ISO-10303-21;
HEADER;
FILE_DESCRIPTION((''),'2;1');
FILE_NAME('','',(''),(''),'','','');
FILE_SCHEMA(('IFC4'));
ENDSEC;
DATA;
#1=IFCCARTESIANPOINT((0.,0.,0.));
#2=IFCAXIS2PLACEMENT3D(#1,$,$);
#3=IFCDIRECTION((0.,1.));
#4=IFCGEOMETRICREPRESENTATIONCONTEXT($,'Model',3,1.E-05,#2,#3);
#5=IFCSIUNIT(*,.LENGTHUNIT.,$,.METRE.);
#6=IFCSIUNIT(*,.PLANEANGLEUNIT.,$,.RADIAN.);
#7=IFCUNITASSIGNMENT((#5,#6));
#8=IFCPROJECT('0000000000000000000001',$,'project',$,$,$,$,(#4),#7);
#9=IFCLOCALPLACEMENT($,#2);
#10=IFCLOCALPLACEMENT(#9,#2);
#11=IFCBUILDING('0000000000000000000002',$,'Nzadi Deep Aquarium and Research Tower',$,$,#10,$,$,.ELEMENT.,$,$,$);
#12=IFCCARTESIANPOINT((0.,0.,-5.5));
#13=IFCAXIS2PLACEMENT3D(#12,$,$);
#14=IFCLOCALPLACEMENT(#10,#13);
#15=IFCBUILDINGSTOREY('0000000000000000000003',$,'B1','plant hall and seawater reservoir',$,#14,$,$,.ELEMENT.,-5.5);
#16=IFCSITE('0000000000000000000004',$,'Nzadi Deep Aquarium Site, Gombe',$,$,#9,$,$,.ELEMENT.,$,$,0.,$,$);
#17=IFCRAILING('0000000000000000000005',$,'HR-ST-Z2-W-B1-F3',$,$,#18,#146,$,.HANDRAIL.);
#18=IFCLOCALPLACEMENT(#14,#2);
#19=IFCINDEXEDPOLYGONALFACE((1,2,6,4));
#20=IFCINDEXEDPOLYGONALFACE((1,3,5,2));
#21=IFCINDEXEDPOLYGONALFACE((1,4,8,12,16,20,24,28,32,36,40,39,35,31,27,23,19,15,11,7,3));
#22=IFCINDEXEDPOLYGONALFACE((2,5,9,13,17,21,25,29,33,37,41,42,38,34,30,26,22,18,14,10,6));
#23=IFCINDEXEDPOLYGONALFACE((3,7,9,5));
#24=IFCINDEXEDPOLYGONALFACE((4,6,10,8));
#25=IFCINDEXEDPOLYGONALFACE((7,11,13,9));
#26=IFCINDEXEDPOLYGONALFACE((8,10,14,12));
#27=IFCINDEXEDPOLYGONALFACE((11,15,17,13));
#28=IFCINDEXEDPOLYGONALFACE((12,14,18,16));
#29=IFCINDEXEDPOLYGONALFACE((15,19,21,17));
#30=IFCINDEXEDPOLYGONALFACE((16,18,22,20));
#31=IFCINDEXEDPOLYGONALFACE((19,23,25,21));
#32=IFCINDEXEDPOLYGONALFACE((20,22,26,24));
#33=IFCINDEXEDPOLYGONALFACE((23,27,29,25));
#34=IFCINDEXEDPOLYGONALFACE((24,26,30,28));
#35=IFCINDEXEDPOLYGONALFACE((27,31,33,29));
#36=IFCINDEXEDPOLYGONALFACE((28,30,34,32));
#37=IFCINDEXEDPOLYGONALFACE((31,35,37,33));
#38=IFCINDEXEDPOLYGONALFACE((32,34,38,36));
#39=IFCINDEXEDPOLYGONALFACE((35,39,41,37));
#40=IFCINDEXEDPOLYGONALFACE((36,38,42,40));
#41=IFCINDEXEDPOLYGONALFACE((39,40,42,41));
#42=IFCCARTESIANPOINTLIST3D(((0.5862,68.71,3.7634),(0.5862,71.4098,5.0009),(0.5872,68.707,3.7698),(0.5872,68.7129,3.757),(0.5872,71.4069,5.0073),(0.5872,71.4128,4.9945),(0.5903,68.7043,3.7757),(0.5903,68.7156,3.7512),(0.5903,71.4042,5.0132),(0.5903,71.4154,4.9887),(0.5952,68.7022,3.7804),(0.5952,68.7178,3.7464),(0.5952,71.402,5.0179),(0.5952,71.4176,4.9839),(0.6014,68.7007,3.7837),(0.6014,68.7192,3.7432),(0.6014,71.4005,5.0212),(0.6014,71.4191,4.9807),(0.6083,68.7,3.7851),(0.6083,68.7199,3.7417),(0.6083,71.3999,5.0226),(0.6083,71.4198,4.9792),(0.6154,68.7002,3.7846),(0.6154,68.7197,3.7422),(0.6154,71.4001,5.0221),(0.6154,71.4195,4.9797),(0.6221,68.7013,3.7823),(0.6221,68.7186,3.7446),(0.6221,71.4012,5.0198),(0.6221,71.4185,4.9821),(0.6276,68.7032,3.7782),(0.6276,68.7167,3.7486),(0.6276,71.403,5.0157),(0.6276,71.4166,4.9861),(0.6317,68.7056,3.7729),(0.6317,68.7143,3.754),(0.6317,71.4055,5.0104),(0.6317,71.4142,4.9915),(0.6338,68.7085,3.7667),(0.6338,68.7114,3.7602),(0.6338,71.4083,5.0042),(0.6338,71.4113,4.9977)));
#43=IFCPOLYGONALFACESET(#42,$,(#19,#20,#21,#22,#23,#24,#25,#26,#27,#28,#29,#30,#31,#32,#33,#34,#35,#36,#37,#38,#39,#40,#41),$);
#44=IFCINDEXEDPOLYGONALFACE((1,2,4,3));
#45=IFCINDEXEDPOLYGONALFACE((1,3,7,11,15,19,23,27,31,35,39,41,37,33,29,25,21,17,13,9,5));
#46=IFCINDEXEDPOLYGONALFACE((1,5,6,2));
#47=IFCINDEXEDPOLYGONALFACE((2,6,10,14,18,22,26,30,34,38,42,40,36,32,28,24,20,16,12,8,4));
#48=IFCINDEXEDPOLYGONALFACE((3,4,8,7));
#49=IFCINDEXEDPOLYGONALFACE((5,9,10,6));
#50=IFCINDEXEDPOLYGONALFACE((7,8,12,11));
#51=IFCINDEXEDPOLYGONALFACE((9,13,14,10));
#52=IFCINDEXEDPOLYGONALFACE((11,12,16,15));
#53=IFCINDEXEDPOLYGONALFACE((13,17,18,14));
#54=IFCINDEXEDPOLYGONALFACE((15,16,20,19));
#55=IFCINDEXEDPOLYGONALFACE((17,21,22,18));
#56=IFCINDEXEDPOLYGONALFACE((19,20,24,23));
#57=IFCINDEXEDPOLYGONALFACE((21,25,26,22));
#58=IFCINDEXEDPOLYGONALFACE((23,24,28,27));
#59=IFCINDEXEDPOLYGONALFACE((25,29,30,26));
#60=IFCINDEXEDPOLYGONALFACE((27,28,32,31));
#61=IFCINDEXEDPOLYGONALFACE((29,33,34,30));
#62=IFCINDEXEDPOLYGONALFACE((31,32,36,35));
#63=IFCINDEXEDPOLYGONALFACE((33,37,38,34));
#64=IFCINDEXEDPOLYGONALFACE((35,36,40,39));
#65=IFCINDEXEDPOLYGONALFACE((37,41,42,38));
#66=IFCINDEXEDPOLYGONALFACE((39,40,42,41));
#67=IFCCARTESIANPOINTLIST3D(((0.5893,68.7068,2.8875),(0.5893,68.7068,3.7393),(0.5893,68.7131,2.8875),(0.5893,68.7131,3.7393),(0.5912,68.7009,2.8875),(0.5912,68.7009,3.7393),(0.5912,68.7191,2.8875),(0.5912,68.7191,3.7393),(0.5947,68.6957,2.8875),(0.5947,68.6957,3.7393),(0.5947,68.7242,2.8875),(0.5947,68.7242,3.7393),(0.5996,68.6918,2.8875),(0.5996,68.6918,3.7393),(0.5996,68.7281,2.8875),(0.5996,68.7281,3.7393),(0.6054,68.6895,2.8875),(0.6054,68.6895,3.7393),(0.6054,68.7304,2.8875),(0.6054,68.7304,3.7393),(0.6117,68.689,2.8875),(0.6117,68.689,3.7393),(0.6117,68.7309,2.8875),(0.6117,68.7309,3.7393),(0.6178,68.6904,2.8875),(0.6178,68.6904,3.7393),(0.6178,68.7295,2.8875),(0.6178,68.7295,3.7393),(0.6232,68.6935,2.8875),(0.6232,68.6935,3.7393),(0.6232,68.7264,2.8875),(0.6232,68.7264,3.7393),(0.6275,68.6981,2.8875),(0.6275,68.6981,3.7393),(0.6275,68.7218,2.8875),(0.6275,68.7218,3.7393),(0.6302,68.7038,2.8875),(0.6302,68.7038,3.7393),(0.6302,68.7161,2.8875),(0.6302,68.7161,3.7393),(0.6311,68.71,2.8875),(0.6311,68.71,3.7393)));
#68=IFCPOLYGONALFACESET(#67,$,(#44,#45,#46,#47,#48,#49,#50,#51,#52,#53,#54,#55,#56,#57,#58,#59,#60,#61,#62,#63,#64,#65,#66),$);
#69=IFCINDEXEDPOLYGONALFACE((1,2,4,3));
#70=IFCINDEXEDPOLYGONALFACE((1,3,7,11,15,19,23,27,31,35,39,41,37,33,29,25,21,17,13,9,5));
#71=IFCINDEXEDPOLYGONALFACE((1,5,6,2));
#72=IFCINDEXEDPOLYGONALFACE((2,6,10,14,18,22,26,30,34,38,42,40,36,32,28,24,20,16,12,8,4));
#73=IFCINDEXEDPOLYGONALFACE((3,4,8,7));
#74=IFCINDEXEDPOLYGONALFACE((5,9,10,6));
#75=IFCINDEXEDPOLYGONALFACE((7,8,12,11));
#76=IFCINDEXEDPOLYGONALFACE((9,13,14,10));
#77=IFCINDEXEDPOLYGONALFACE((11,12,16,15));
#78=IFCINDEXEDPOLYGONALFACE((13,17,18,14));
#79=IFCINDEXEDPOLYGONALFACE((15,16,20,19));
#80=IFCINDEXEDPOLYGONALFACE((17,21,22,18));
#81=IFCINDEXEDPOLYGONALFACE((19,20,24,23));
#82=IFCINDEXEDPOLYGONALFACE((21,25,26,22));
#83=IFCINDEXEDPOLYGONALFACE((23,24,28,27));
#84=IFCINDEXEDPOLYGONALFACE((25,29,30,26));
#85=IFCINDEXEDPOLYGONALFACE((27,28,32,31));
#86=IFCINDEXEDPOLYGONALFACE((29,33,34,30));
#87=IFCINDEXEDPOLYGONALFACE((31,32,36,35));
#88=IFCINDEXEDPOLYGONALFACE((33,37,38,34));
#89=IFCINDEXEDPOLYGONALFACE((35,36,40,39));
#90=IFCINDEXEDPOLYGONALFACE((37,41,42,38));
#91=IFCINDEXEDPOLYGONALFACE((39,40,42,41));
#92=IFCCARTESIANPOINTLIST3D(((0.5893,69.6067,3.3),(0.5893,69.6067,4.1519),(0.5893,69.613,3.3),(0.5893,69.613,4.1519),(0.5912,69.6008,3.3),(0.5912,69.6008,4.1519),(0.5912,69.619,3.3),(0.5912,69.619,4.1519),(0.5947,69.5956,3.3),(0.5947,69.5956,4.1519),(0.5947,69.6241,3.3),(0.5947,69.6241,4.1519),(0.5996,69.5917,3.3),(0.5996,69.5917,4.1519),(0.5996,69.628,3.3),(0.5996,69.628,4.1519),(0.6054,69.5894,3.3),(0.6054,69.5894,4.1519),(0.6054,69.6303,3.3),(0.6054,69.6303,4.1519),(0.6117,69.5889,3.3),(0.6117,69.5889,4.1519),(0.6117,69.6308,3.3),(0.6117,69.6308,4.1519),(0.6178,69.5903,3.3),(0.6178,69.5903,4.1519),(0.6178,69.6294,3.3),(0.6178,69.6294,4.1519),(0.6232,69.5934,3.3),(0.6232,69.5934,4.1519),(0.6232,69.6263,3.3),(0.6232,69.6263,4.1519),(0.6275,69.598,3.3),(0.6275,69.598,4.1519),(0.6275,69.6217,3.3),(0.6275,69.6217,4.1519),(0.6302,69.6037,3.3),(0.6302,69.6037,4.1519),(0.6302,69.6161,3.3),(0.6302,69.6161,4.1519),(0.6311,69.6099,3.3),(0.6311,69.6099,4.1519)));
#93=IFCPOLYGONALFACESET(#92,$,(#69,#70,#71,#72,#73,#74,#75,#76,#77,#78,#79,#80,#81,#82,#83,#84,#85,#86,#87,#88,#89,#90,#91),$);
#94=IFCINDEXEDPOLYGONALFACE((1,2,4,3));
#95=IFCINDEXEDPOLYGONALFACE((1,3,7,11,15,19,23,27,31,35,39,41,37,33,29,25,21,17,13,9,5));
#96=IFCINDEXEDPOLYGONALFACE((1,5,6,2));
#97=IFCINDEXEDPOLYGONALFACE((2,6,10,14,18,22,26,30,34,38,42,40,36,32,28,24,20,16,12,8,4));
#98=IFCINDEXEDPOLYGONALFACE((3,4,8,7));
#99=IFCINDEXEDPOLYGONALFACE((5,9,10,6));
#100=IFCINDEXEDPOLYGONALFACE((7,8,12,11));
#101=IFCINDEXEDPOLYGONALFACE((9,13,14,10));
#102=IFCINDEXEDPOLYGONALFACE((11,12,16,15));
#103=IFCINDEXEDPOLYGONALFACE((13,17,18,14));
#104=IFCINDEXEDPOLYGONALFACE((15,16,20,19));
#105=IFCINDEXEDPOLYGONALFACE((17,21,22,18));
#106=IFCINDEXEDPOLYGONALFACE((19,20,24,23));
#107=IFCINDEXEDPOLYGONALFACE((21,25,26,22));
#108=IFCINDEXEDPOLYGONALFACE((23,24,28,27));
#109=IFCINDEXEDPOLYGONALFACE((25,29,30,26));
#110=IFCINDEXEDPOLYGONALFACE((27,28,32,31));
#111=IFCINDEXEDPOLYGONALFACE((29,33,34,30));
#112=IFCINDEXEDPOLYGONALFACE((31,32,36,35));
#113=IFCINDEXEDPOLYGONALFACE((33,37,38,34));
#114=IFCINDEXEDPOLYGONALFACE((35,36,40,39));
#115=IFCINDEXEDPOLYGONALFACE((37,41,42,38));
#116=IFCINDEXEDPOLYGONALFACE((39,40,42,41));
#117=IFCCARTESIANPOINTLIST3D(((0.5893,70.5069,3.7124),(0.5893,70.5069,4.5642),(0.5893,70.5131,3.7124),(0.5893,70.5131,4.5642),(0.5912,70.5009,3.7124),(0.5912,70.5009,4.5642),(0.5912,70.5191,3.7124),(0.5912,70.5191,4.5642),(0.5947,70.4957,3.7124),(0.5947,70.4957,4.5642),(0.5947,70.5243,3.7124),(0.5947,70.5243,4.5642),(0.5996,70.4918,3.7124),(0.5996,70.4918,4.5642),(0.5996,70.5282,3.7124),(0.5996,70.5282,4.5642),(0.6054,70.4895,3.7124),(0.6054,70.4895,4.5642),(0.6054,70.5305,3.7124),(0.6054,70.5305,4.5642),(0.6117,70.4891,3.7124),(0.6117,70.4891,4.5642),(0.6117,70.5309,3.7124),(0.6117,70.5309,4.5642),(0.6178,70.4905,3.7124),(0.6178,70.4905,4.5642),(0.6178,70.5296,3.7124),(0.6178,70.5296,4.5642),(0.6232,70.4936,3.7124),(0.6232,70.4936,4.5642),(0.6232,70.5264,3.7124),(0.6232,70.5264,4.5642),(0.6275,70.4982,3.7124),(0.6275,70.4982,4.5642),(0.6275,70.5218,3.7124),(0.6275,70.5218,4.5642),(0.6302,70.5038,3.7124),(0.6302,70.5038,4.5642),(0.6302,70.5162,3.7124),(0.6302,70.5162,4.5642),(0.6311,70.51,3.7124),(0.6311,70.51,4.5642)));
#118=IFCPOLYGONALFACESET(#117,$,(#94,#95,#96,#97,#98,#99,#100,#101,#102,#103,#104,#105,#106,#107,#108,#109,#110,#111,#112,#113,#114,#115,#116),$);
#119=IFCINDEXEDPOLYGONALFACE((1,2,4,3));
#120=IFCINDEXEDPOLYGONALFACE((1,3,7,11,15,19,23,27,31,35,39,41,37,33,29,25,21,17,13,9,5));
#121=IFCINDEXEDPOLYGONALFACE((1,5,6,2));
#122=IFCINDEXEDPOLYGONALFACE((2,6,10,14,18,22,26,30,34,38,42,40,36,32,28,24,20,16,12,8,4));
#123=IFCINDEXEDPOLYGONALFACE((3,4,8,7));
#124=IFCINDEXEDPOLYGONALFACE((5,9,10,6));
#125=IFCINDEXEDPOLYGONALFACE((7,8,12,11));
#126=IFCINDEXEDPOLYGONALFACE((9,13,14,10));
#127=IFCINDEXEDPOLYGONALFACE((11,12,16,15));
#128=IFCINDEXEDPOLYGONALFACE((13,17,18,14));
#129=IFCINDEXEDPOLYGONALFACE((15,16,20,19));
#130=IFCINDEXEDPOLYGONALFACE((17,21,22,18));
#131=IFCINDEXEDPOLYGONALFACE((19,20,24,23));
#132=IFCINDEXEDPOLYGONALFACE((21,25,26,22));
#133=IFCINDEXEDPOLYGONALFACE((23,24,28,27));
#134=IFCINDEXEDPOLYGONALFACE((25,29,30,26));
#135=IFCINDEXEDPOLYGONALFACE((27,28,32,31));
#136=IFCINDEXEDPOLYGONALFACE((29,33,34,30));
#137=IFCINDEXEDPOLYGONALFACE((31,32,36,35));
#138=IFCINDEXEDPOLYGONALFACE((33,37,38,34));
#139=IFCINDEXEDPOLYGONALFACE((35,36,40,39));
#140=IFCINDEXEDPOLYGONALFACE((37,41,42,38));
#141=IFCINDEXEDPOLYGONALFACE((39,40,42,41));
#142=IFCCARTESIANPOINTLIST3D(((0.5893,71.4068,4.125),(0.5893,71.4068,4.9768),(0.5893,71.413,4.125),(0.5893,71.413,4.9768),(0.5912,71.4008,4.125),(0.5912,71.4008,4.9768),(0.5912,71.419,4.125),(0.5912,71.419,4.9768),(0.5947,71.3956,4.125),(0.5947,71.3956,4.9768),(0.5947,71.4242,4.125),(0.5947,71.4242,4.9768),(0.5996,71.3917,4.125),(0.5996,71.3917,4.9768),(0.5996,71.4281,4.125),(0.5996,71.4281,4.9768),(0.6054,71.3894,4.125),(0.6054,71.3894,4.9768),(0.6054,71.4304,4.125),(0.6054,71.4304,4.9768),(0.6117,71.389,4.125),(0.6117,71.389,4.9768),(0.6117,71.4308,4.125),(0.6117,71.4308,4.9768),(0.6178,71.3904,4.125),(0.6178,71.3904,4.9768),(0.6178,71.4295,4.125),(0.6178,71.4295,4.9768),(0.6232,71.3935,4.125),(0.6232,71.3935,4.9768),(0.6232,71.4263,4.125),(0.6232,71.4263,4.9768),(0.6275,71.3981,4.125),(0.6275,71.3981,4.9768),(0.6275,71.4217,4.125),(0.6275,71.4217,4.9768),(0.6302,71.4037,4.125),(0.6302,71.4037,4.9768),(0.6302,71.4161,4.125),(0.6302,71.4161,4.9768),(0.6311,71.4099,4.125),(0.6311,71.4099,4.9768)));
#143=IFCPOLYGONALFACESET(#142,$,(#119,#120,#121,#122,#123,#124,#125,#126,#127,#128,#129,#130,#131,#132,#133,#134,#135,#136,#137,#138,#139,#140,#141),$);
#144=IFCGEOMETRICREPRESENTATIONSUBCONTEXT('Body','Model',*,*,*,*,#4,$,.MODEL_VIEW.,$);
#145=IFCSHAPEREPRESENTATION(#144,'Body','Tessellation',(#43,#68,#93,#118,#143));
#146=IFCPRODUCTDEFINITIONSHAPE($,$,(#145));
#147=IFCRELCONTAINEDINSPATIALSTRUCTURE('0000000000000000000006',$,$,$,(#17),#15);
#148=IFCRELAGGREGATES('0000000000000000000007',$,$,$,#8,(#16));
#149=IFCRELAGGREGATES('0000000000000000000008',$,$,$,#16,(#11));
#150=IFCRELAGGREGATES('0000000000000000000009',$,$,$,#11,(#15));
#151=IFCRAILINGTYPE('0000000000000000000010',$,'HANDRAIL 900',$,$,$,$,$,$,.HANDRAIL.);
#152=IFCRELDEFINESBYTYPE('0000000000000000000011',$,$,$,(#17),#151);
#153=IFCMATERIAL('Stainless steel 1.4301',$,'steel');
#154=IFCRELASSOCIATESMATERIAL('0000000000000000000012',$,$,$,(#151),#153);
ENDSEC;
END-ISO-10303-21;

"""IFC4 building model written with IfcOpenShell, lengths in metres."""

from ifc_helpers import new_model, si_unit, direction, frame, origin, origin_2d, place, context, subcontext, project, spatial, circle, extrude, material, type_object, element, save


model = new_model("IFC4")

# Units and contexts
model_context = context("Model", 3, precision=1e-05, world=origin(), true_north=direction((0.0, 1.0)))
body_context = subcontext(model_context, "Body", "Model", "MODEL_VIEW")
ifc_project = project(units=[si_unit("LENGTHUNIT", "METRE"), si_unit("PLANEANGLEUNIT", "RADIAN")], contexts=[model_context])

# Site, building, storey
site_placement = place(None, origin())
site = spatial("IfcSite", under=ifc_project, at=site_placement, Name="Nzadi Deep Aquarium Site, Gombe", CompositionType="ELEMENT", RefElevation=0.0)
building_placement = place(site_placement, origin())
building = spatial("IfcBuilding", under=site, at=building_placement, Name="Nzadi Deep Aquarium and Research Tower", CompositionType="ELEMENT")
storey_placement = place(building_placement, frame((0.0, 0.0, -5.5)))
storey = spatial("IfcBuildingStorey", under=building, at=storey_placement, Name="B1", Description="plant hall and seawater reservoir", CompositionType="ELEMENT", Elevation=-5.5)

# Railing
ifc_material_1 = material(Name="Stainless steel 1.4301", Category="steel")
railing_type = type_object("IfcRailingType", Name="HANDRAIL 900", PredefinedType="HANDRAIL", material=ifc_material_1)
for number, where, name in (
    (1, (0.6101, 68.71, 2.8875), "HR-ST-Z2-W-B1-F3"),
):
    element("IfcRailing", number, at=place(storey_placement, frame(where)), inside=storey, type_object=railing_type, Name=name, PredefinedType="HANDRAIL", context=body_context, shape_type="SweptSolid", body=[
        extrude(circle(Radius=0.0239, at=origin_2d()), frame((0.0, 0.0, 0.876), z_axis=(0.0, 0.909056, 0.416675), x_axis=(-1.0, 0.0, 0.0)), (0.0, 0.0, 1.0), 2.97),
        extrude(circle(Radius=0.021, at=origin_2d()), origin(), (0.0, 0.0, 1.0), 0.8518),
        extrude(circle(Radius=0.021, at=origin_2d()), frame((0.0, 0.8999, 0.4126)), (0.0, 0.0, 1.0), 0.8518),
        extrude(circle(Radius=0.021, at=origin_2d()), frame((0.0, 1.8, 0.825)), (0.0, 0.0, 1.0), 0.8518),
        extrude(circle(Radius=0.021, at=origin_2d()), frame((0.0, 2.7, 1.2375)), (0.0, 0.0, 1.0), 0.8518),
    ])

save(model, "model.ifc")
